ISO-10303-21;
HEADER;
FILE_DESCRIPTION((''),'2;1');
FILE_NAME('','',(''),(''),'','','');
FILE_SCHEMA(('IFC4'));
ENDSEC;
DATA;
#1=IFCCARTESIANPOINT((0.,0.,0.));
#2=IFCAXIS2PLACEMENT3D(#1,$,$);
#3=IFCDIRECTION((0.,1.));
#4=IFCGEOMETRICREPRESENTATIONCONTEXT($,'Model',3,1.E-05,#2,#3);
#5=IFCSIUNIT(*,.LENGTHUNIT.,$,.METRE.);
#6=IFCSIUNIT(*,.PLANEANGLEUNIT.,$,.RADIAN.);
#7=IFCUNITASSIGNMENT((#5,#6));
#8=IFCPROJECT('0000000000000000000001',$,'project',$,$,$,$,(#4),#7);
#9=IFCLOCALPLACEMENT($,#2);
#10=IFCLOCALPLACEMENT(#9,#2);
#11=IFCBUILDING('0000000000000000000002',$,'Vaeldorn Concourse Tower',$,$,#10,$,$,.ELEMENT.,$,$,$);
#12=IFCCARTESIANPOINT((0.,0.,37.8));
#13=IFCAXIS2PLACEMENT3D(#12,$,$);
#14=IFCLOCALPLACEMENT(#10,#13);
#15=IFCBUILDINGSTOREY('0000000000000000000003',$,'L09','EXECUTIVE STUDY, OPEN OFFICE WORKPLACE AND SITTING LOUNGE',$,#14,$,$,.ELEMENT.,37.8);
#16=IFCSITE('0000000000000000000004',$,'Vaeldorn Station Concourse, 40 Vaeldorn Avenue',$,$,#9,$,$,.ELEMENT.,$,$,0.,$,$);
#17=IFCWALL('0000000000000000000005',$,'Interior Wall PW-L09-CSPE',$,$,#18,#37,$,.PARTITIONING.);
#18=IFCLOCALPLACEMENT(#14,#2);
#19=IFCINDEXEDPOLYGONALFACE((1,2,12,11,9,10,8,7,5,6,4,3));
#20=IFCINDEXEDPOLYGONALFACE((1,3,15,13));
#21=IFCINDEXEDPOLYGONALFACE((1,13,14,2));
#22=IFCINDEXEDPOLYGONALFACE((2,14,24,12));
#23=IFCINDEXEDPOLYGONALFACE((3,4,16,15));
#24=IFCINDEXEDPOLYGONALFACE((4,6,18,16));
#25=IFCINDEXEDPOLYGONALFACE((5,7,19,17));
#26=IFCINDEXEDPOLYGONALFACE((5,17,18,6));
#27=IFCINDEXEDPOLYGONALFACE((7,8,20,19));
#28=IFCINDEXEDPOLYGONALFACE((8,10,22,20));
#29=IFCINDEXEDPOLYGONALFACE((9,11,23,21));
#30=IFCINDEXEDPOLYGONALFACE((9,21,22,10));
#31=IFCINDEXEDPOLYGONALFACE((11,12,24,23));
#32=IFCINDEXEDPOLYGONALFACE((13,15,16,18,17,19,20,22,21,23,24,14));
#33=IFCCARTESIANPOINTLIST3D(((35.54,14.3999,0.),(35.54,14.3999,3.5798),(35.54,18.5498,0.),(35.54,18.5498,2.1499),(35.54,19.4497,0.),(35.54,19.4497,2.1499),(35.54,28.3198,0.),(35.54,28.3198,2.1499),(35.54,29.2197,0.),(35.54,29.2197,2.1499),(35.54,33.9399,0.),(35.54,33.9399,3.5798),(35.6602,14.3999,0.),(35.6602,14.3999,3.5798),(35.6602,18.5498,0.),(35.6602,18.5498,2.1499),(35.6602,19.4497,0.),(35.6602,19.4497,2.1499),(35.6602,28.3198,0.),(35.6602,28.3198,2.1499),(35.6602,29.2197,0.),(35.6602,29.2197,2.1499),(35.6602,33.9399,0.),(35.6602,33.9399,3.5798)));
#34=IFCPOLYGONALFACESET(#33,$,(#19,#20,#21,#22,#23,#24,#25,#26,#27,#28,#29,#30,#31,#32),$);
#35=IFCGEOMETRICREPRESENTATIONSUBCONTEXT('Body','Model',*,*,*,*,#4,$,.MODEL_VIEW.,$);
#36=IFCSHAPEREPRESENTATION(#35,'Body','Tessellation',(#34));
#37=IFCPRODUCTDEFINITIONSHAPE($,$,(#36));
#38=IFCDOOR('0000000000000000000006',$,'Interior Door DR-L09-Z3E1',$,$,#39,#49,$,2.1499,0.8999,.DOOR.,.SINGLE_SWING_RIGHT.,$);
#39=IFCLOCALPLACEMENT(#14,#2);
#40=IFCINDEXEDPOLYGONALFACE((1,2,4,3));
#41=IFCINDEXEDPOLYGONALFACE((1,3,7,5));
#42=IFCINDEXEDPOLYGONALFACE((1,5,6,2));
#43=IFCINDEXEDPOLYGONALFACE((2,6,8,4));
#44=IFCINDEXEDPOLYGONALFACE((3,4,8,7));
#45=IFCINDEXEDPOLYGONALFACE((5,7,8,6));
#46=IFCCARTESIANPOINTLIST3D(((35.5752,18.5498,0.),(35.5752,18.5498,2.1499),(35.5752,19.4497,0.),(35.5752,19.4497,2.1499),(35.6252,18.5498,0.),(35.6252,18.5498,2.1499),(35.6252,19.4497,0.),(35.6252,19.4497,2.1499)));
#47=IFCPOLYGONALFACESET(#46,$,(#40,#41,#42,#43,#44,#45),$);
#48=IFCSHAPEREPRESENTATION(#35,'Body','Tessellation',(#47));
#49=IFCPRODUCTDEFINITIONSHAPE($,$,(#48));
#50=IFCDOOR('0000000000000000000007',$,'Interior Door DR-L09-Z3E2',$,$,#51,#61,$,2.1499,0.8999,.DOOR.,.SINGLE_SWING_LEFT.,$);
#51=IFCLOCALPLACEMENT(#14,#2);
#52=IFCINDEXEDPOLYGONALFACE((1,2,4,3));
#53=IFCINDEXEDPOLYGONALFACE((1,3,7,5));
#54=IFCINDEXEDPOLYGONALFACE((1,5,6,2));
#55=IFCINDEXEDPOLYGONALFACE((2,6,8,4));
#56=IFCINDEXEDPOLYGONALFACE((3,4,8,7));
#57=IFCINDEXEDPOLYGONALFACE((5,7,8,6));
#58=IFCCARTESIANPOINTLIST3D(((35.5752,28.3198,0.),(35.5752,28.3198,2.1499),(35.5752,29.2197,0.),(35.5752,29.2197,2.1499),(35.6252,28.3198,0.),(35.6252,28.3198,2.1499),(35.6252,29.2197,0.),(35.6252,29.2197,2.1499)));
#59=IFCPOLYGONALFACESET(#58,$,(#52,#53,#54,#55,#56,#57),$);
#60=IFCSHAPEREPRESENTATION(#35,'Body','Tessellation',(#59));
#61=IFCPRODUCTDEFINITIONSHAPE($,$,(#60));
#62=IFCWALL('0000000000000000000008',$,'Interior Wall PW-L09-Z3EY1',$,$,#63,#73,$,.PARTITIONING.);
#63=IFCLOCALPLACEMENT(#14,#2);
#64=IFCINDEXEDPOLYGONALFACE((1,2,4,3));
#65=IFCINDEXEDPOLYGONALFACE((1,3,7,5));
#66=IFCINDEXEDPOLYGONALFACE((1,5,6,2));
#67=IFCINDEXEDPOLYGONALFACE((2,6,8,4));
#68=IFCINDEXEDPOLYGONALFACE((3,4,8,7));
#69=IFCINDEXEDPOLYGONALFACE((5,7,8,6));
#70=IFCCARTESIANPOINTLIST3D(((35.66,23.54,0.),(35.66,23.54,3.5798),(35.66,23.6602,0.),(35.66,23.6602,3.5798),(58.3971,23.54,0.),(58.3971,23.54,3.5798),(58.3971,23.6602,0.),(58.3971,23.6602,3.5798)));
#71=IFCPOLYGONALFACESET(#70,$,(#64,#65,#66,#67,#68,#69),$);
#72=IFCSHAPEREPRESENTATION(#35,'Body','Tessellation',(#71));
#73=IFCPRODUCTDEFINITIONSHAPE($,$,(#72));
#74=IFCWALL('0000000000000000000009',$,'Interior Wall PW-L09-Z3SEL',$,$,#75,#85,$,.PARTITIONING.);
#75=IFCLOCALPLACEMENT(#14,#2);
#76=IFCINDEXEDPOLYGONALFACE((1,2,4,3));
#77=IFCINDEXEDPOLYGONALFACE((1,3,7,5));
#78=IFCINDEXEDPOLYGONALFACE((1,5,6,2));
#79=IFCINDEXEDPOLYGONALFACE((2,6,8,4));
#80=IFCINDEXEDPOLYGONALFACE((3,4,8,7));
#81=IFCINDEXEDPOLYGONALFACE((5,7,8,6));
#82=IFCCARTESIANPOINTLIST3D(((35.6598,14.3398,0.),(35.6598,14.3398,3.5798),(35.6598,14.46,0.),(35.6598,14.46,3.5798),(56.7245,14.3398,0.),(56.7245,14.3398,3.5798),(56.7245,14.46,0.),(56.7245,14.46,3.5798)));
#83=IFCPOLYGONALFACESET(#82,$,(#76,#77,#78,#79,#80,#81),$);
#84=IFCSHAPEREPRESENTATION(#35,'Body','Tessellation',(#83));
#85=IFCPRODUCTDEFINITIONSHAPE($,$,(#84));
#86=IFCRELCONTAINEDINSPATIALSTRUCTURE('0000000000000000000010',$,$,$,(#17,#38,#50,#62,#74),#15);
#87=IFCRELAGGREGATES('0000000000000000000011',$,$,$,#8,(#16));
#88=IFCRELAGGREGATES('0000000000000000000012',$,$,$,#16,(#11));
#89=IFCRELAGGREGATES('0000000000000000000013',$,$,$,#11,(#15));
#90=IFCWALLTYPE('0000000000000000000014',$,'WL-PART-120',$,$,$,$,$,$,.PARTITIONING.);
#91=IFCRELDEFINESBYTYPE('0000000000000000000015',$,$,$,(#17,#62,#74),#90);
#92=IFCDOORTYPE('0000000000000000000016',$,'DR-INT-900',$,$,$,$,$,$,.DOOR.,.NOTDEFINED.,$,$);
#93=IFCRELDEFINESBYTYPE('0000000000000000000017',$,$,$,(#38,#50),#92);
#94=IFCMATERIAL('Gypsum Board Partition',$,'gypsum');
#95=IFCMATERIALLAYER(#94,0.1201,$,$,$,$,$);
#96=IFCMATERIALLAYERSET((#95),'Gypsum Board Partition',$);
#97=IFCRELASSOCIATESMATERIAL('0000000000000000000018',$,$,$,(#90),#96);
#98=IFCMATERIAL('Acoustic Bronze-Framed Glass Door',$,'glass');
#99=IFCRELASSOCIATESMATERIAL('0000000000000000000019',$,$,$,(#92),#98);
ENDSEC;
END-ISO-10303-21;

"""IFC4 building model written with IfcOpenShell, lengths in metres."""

from ifc_helpers import new_model, si_unit, direction, frame, frame_2d, origin, place, context, subcontext, project, spatial, rectangle, extrude, source, transform, mapped, material, layer, layer_set, type_object, element, fill, save


model = new_model("IFC4")

# Units and contexts
model_context = context("Model", 3, precision=1e-05, world=origin(), true_north=direction((0.0, 1.0)))
body_context = subcontext(model_context, "Body", "Model", "MODEL_VIEW")
ifc_project = project(units=[si_unit("LENGTHUNIT", "METRE"), si_unit("PLANEANGLEUNIT", "RADIAN")], contexts=[model_context])

# Site, building, storey
site_placement = place(None, origin())
site = spatial("IfcSite", under=ifc_project, at=site_placement, Name="Vaeldorn Station Concourse, 40 Vaeldorn Avenue", CompositionType="ELEMENT", RefElevation=0.0)
building_placement = place(site_placement, origin())
building = spatial("IfcBuilding", under=site, at=building_placement, Name="Vaeldorn Concourse Tower", CompositionType="ELEMENT")
storey_placement = place(building_placement, frame((0.0, 0.0, 37.8)))
storey = spatial("IfcBuildingStorey", under=building, at=storey_placement, Name="L09", Description="EXECUTIVE STUDY, OPEN OFFICE WORKPLACE AND SITTING LOUNGE", CompositionType="ELEMENT", Elevation=37.8)

# Shared definitions
ifc_material_1 = material(Name="Gypsum Board Partition", Category="gypsum")
ifc_layer = layer(ifc_material_1, 0.1201)
ifc_layer_set = layer_set([ifc_layer], Name="Gypsum Board Partition")
wall_type = type_object("IfcWallType", Name="WL-PART-120", PredefinedType="PARTITIONING", material=ifc_layer_set)

# Wall, openings, doors
ifc_material_2 = material(Name="Acoustic Bronze-Framed Glass Door", Category="glass")
door_type = type_object("IfcDoorType", Name="DR-INT-900", OperationType="NOTDEFINED", PredefinedType="DOOR", material=ifc_material_2)
shared_shape_1 = source(origin(), body_context, "Body", "SweptSolid", [
    extrude(rectangle(XDim=0.8999, YDim=2.1499, at=frame_2d((0.45, 1.075))), frame((0.0, 0.0249, 0.0), z_axis=(0.0, -1.0, 0.0), x_axis=(1.0, 0.0, 0.0)), (0.0, 0.0, 1.0), 0.05),
])
wall_1_placement = place(storey_placement, frame((35.6001, 14.3999, 0.0), z_axis=(0.0, 0.0, 1.0), x_axis=(0.0, 1.0, 0.0)))
wall_1 = element("IfcWall", 1, at=wall_1_placement, inside=storey, type_object=wall_type, Name="Interior Wall PW-L09-CSPE", PredefinedType="PARTITIONING", context=body_context, shape_type="SweptSolid", body=[
    extrude(rectangle(XDim=19.54, YDim=0.1201, at=frame_2d((9.77, 0.0))), origin(), (0.0, 0.0, 1.0), 3.5798),
])
opening_1_placement = place(wall_1_placement, frame((4.1499, 0.0, 0.0)))
opening_1 = element("IfcOpeningElement", 2, at=opening_1_placement, cuts=wall_1, PredefinedType="OPENING", context=body_context, shape_type="SweptSolid", body=[
    extrude(rectangle(XDim=0.8999, YDim=2.1499, at=frame_2d((0.45, 1.075))), frame((0.0, 0.0701, 0.0), z_axis=(0.0, -1.0, 0.0), x_axis=(1.0, 0.0, 0.0)), (0.0, 0.0, 1.0), 0.1401),
])
opening_2_placement = place(wall_1_placement, frame((13.9199, 0.0, 0.0)))
opening_2 = element("IfcOpeningElement", 3, at=opening_2_placement, cuts=wall_1, PredefinedType="OPENING", context=body_context, shape_type="SweptSolid", body=[
    extrude(rectangle(XDim=0.8999, YDim=2.1499, at=frame_2d((0.45, 1.075))), frame((0.0, 0.0701, 0.0), z_axis=(0.0, -1.0, 0.0), x_axis=(1.0, 0.0, 0.0)), (0.0, 0.0, 1.0), 0.1401),
])
door_1_placement = place(opening_1_placement, origin())
door_1 = element("IfcDoor", 4, at=door_1_placement, inside=storey, type_object=door_type, Name="Interior Door DR-L09-Z3E1", OperationType="SINGLE_SWING_RIGHT", OverallHeight=2.1499, OverallWidth=0.8999, PredefinedType="DOOR", context=body_context, shape_type="MappedRepresentation", body=[
    mapped(shared_shape_1, transform((0.0, 0.0, 0.0), scale=1.0)),
])
fill(opening_1, door_1)
door_2_placement = place(opening_2_placement, origin())
door_2 = element("IfcDoor", 5, at=door_2_placement, inside=storey, type_object=door_type, Name="Interior Door DR-L09-Z3E2", OperationType="SINGLE_SWING_LEFT", OverallHeight=2.1499, OverallWidth=0.8999, PredefinedType="DOOR", context=body_context, shape_type="MappedRepresentation", body=[
    mapped(shared_shape_1, transform((0.0, 0.0, 0.0), scale=1.0)),
])
fill(opening_2, door_2)

# Walls
wall_2_placement = place(storey_placement, frame((35.6599, 23.6001, 0.0), z_axis=(0.0, 0.0, 1.0), x_axis=(1.0, 0.0, 0.0)))
element("IfcWall", 6, at=wall_2_placement, inside=storey, type_object=wall_type, Name="Interior Wall PW-L09-Z3EY1", PredefinedType="PARTITIONING", context=body_context, shape_type="SweptSolid", body=[
    extrude(rectangle(XDim=22.7371, YDim=0.1201, at=frame_2d((11.3687, 0.0))), origin(), (0.0, 0.0, 1.0), 3.5798),
])
wall_3_placement = place(storey_placement, frame((35.6599, 14.3999, 0.0), z_axis=(0.0, 0.0, 1.0), x_axis=(1.0, 0.0, 0.0)))
element("IfcWall", 7, at=wall_3_placement, inside=storey, type_object=wall_type, Name="Interior Wall PW-L09-Z3SEL", PredefinedType="PARTITIONING", context=body_context, shape_type="SweptSolid", body=[
    extrude(rectangle(XDim=21.0647, YDim=0.1201, at=frame_2d((10.5322, 0.0))), origin(), (0.0, 0.0, 1.0), 3.5798),
])

save(model, "model.ifc")
